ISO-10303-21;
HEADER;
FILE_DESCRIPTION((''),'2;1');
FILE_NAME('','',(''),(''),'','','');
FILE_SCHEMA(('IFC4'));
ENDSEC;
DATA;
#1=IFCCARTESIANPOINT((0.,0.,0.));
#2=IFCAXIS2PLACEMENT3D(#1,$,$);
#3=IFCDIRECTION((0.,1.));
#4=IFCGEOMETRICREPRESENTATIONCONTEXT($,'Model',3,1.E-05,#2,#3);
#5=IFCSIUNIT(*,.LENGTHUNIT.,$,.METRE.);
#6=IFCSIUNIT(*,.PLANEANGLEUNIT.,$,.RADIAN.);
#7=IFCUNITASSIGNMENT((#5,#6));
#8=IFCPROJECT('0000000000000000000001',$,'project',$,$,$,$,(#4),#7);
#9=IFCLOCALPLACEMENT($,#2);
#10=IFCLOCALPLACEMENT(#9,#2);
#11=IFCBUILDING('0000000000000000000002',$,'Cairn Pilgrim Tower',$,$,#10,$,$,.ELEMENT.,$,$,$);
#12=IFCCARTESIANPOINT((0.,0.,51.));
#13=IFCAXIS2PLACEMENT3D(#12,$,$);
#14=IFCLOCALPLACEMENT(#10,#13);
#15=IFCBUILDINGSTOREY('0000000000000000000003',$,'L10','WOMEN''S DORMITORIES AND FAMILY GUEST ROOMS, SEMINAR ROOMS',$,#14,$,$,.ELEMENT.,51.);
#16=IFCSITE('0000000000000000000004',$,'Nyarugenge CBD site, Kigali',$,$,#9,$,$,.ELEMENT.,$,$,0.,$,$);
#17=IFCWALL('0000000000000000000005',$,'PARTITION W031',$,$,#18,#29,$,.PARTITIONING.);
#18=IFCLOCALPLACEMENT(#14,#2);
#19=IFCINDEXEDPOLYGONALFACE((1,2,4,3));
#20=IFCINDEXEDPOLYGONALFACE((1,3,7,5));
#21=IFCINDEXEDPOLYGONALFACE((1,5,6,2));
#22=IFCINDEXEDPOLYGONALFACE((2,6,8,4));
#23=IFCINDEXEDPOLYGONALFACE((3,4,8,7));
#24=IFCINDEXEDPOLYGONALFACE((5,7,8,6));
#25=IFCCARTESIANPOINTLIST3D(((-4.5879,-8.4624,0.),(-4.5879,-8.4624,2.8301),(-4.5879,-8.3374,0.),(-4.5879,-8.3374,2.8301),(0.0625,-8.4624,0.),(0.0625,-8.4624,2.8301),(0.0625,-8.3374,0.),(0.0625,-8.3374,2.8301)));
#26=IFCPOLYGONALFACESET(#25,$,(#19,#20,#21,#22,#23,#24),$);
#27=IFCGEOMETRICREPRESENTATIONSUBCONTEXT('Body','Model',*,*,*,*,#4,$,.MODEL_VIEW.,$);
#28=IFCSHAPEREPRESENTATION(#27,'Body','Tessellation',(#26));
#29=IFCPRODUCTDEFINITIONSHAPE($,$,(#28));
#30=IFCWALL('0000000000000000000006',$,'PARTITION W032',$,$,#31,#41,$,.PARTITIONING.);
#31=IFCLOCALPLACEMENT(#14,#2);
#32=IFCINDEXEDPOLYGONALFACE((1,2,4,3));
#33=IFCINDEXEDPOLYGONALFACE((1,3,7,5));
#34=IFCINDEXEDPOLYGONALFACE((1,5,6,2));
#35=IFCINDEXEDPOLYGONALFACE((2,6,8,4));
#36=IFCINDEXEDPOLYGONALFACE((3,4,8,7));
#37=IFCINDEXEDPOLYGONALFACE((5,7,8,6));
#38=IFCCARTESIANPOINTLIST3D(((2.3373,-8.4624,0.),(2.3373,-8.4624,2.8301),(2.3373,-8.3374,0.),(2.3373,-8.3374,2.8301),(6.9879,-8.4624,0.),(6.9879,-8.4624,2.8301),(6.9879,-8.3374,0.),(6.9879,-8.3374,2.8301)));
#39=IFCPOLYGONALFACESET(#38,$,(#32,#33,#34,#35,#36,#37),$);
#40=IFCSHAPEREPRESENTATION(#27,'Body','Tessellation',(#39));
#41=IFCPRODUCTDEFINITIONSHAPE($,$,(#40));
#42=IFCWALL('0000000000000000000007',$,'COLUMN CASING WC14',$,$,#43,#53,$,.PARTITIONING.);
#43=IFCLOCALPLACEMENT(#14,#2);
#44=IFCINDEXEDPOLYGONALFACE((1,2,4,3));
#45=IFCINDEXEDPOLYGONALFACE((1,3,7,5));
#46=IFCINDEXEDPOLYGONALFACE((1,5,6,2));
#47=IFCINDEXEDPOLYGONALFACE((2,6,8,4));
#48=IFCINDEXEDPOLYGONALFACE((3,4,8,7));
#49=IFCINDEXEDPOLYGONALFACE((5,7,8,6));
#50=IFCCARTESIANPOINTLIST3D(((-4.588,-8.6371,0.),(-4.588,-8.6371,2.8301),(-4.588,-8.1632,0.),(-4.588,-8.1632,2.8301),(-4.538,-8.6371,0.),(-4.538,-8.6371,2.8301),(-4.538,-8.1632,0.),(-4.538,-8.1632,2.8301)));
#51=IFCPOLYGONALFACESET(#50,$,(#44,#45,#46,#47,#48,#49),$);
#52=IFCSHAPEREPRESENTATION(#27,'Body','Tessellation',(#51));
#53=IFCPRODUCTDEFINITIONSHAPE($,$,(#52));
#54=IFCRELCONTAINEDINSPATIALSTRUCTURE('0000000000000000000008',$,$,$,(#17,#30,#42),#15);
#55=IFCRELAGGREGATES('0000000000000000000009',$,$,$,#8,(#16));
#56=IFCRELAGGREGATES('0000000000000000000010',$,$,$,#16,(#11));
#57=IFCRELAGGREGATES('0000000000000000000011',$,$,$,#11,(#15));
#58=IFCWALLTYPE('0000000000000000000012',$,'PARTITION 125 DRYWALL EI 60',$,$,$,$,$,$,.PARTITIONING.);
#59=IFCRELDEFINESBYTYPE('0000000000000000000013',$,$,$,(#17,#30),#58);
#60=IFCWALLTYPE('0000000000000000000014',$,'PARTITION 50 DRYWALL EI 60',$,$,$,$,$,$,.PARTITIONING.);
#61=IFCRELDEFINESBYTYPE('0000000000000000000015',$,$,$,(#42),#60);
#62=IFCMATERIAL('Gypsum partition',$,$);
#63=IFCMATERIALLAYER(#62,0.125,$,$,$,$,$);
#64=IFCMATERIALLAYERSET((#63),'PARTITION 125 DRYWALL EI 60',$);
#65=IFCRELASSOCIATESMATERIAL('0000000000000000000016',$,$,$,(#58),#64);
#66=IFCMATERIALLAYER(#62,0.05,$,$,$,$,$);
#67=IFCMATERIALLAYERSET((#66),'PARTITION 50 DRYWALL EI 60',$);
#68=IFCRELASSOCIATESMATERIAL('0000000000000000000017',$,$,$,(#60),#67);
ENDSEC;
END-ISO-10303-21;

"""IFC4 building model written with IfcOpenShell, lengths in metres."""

from ifc_helpers import new_model, si_unit, direction, frame, frame_2d, origin, place, context, subcontext, project, spatial, rectangle, extrude, material, layer, layer_set, type_object, element, save


model = new_model("IFC4")

# Units and contexts
model_context = context("Model", 3, precision=1e-05, world=origin(), true_north=direction((0.0, 1.0)))
body_context = subcontext(model_context, "Body", "Model", "MODEL_VIEW")
ifc_project = project(units=[si_unit("LENGTHUNIT", "METRE"), si_unit("PLANEANGLEUNIT", "RADIAN")], contexts=[model_context])

# Site, building, storey
site_placement = place(None, origin())
site = spatial("IfcSite", under=ifc_project, at=site_placement, Name="Nyarugenge CBD site, Kigali", CompositionType="ELEMENT", RefElevation=0.0)
building_placement = place(site_placement, origin())
building = spatial("IfcBuilding", under=site, at=building_placement, Name="Cairn Pilgrim Tower", CompositionType="ELEMENT")
storey_placement = place(building_placement, frame((0.0, 0.0, 51.0)))
storey = spatial("IfcBuildingStorey", under=building, at=storey_placement, Name="L10", Description="WOMEN'S DORMITORIES AND FAMILY GUEST ROOMS, SEMINAR ROOMS", CompositionType="ELEMENT", Elevation=51.0)

# Shared definitions
ifc_material_1 = material(Name="Gypsum partition")
ifc_layer_1 = layer(ifc_material_1, 0.125)
ifc_layer_set_1 = layer_set([ifc_layer_1], Name="PARTITION 125 DRYWALL EI 60")
wall_type_1 = type_object("IfcWallType", Name="PARTITION 125 DRYWALL EI 60", PredefinedType="PARTITIONING", material=ifc_layer_set_1)

# Walls
wall_1_placement = place(storey_placement, frame((-4.5879, -8.3999, 0.0), z_axis=(0.0, 0.0, 1.0), x_axis=(1.0, 0.0, 0.0)))
element("IfcWall", 1, at=wall_1_placement, inside=storey, type_object=wall_type_1, Name="PARTITION W031", PredefinedType="PARTITIONING", context=body_context, shape_type="SweptSolid", body=[
    extrude(rectangle(XDim=4.6504, YDim=0.125, at=frame_2d((2.3252, 0.0))), origin(), (0.0, 0.0, 1.0), 2.8301),
])
wall_2_placement = place(storey_placement, frame((2.3374, -8.3999, 0.0), z_axis=(0.0, 0.0, 1.0), x_axis=(1.0, 0.0, 0.0)))
element("IfcWall", 2, at=wall_2_placement, inside=storey, type_object=wall_type_1, Name="PARTITION W032", PredefinedType="PARTITIONING", context=body_context, shape_type="SweptSolid", body=[
    extrude(rectangle(XDim=4.6506, YDim=0.125, at=frame_2d((2.3252, 0.0))), origin(), (0.0, 0.0, 1.0), 2.8301),
])
ifc_layer_2 = layer(ifc_material_1, 0.05)
ifc_layer_set_2 = layer_set([ifc_layer_2], Name="PARTITION 50 DRYWALL EI 60")
wall_type_2 = type_object("IfcWallType", Name="PARTITION 50 DRYWALL EI 60", PredefinedType="PARTITIONING", material=ifc_layer_set_2)
wall_3_placement = place(storey_placement, frame((-4.563, -8.637, 0.0), z_axis=(0.0, 0.0, 1.0), x_axis=(0.0, 1.0, 0.0)))
element("IfcWall", 3, at=wall_3_placement, inside=storey, type_object=wall_type_2, Name="COLUMN CASING WC14", PredefinedType="PARTITIONING", context=body_context, shape_type="SweptSolid", body=[
    extrude(rectangle(XDim=0.4739, YDim=0.05, at=frame_2d((0.2368, 0.0))), origin(), (0.0, 0.0, 1.0), 2.8301),
])

save(model, "model.ifc")
